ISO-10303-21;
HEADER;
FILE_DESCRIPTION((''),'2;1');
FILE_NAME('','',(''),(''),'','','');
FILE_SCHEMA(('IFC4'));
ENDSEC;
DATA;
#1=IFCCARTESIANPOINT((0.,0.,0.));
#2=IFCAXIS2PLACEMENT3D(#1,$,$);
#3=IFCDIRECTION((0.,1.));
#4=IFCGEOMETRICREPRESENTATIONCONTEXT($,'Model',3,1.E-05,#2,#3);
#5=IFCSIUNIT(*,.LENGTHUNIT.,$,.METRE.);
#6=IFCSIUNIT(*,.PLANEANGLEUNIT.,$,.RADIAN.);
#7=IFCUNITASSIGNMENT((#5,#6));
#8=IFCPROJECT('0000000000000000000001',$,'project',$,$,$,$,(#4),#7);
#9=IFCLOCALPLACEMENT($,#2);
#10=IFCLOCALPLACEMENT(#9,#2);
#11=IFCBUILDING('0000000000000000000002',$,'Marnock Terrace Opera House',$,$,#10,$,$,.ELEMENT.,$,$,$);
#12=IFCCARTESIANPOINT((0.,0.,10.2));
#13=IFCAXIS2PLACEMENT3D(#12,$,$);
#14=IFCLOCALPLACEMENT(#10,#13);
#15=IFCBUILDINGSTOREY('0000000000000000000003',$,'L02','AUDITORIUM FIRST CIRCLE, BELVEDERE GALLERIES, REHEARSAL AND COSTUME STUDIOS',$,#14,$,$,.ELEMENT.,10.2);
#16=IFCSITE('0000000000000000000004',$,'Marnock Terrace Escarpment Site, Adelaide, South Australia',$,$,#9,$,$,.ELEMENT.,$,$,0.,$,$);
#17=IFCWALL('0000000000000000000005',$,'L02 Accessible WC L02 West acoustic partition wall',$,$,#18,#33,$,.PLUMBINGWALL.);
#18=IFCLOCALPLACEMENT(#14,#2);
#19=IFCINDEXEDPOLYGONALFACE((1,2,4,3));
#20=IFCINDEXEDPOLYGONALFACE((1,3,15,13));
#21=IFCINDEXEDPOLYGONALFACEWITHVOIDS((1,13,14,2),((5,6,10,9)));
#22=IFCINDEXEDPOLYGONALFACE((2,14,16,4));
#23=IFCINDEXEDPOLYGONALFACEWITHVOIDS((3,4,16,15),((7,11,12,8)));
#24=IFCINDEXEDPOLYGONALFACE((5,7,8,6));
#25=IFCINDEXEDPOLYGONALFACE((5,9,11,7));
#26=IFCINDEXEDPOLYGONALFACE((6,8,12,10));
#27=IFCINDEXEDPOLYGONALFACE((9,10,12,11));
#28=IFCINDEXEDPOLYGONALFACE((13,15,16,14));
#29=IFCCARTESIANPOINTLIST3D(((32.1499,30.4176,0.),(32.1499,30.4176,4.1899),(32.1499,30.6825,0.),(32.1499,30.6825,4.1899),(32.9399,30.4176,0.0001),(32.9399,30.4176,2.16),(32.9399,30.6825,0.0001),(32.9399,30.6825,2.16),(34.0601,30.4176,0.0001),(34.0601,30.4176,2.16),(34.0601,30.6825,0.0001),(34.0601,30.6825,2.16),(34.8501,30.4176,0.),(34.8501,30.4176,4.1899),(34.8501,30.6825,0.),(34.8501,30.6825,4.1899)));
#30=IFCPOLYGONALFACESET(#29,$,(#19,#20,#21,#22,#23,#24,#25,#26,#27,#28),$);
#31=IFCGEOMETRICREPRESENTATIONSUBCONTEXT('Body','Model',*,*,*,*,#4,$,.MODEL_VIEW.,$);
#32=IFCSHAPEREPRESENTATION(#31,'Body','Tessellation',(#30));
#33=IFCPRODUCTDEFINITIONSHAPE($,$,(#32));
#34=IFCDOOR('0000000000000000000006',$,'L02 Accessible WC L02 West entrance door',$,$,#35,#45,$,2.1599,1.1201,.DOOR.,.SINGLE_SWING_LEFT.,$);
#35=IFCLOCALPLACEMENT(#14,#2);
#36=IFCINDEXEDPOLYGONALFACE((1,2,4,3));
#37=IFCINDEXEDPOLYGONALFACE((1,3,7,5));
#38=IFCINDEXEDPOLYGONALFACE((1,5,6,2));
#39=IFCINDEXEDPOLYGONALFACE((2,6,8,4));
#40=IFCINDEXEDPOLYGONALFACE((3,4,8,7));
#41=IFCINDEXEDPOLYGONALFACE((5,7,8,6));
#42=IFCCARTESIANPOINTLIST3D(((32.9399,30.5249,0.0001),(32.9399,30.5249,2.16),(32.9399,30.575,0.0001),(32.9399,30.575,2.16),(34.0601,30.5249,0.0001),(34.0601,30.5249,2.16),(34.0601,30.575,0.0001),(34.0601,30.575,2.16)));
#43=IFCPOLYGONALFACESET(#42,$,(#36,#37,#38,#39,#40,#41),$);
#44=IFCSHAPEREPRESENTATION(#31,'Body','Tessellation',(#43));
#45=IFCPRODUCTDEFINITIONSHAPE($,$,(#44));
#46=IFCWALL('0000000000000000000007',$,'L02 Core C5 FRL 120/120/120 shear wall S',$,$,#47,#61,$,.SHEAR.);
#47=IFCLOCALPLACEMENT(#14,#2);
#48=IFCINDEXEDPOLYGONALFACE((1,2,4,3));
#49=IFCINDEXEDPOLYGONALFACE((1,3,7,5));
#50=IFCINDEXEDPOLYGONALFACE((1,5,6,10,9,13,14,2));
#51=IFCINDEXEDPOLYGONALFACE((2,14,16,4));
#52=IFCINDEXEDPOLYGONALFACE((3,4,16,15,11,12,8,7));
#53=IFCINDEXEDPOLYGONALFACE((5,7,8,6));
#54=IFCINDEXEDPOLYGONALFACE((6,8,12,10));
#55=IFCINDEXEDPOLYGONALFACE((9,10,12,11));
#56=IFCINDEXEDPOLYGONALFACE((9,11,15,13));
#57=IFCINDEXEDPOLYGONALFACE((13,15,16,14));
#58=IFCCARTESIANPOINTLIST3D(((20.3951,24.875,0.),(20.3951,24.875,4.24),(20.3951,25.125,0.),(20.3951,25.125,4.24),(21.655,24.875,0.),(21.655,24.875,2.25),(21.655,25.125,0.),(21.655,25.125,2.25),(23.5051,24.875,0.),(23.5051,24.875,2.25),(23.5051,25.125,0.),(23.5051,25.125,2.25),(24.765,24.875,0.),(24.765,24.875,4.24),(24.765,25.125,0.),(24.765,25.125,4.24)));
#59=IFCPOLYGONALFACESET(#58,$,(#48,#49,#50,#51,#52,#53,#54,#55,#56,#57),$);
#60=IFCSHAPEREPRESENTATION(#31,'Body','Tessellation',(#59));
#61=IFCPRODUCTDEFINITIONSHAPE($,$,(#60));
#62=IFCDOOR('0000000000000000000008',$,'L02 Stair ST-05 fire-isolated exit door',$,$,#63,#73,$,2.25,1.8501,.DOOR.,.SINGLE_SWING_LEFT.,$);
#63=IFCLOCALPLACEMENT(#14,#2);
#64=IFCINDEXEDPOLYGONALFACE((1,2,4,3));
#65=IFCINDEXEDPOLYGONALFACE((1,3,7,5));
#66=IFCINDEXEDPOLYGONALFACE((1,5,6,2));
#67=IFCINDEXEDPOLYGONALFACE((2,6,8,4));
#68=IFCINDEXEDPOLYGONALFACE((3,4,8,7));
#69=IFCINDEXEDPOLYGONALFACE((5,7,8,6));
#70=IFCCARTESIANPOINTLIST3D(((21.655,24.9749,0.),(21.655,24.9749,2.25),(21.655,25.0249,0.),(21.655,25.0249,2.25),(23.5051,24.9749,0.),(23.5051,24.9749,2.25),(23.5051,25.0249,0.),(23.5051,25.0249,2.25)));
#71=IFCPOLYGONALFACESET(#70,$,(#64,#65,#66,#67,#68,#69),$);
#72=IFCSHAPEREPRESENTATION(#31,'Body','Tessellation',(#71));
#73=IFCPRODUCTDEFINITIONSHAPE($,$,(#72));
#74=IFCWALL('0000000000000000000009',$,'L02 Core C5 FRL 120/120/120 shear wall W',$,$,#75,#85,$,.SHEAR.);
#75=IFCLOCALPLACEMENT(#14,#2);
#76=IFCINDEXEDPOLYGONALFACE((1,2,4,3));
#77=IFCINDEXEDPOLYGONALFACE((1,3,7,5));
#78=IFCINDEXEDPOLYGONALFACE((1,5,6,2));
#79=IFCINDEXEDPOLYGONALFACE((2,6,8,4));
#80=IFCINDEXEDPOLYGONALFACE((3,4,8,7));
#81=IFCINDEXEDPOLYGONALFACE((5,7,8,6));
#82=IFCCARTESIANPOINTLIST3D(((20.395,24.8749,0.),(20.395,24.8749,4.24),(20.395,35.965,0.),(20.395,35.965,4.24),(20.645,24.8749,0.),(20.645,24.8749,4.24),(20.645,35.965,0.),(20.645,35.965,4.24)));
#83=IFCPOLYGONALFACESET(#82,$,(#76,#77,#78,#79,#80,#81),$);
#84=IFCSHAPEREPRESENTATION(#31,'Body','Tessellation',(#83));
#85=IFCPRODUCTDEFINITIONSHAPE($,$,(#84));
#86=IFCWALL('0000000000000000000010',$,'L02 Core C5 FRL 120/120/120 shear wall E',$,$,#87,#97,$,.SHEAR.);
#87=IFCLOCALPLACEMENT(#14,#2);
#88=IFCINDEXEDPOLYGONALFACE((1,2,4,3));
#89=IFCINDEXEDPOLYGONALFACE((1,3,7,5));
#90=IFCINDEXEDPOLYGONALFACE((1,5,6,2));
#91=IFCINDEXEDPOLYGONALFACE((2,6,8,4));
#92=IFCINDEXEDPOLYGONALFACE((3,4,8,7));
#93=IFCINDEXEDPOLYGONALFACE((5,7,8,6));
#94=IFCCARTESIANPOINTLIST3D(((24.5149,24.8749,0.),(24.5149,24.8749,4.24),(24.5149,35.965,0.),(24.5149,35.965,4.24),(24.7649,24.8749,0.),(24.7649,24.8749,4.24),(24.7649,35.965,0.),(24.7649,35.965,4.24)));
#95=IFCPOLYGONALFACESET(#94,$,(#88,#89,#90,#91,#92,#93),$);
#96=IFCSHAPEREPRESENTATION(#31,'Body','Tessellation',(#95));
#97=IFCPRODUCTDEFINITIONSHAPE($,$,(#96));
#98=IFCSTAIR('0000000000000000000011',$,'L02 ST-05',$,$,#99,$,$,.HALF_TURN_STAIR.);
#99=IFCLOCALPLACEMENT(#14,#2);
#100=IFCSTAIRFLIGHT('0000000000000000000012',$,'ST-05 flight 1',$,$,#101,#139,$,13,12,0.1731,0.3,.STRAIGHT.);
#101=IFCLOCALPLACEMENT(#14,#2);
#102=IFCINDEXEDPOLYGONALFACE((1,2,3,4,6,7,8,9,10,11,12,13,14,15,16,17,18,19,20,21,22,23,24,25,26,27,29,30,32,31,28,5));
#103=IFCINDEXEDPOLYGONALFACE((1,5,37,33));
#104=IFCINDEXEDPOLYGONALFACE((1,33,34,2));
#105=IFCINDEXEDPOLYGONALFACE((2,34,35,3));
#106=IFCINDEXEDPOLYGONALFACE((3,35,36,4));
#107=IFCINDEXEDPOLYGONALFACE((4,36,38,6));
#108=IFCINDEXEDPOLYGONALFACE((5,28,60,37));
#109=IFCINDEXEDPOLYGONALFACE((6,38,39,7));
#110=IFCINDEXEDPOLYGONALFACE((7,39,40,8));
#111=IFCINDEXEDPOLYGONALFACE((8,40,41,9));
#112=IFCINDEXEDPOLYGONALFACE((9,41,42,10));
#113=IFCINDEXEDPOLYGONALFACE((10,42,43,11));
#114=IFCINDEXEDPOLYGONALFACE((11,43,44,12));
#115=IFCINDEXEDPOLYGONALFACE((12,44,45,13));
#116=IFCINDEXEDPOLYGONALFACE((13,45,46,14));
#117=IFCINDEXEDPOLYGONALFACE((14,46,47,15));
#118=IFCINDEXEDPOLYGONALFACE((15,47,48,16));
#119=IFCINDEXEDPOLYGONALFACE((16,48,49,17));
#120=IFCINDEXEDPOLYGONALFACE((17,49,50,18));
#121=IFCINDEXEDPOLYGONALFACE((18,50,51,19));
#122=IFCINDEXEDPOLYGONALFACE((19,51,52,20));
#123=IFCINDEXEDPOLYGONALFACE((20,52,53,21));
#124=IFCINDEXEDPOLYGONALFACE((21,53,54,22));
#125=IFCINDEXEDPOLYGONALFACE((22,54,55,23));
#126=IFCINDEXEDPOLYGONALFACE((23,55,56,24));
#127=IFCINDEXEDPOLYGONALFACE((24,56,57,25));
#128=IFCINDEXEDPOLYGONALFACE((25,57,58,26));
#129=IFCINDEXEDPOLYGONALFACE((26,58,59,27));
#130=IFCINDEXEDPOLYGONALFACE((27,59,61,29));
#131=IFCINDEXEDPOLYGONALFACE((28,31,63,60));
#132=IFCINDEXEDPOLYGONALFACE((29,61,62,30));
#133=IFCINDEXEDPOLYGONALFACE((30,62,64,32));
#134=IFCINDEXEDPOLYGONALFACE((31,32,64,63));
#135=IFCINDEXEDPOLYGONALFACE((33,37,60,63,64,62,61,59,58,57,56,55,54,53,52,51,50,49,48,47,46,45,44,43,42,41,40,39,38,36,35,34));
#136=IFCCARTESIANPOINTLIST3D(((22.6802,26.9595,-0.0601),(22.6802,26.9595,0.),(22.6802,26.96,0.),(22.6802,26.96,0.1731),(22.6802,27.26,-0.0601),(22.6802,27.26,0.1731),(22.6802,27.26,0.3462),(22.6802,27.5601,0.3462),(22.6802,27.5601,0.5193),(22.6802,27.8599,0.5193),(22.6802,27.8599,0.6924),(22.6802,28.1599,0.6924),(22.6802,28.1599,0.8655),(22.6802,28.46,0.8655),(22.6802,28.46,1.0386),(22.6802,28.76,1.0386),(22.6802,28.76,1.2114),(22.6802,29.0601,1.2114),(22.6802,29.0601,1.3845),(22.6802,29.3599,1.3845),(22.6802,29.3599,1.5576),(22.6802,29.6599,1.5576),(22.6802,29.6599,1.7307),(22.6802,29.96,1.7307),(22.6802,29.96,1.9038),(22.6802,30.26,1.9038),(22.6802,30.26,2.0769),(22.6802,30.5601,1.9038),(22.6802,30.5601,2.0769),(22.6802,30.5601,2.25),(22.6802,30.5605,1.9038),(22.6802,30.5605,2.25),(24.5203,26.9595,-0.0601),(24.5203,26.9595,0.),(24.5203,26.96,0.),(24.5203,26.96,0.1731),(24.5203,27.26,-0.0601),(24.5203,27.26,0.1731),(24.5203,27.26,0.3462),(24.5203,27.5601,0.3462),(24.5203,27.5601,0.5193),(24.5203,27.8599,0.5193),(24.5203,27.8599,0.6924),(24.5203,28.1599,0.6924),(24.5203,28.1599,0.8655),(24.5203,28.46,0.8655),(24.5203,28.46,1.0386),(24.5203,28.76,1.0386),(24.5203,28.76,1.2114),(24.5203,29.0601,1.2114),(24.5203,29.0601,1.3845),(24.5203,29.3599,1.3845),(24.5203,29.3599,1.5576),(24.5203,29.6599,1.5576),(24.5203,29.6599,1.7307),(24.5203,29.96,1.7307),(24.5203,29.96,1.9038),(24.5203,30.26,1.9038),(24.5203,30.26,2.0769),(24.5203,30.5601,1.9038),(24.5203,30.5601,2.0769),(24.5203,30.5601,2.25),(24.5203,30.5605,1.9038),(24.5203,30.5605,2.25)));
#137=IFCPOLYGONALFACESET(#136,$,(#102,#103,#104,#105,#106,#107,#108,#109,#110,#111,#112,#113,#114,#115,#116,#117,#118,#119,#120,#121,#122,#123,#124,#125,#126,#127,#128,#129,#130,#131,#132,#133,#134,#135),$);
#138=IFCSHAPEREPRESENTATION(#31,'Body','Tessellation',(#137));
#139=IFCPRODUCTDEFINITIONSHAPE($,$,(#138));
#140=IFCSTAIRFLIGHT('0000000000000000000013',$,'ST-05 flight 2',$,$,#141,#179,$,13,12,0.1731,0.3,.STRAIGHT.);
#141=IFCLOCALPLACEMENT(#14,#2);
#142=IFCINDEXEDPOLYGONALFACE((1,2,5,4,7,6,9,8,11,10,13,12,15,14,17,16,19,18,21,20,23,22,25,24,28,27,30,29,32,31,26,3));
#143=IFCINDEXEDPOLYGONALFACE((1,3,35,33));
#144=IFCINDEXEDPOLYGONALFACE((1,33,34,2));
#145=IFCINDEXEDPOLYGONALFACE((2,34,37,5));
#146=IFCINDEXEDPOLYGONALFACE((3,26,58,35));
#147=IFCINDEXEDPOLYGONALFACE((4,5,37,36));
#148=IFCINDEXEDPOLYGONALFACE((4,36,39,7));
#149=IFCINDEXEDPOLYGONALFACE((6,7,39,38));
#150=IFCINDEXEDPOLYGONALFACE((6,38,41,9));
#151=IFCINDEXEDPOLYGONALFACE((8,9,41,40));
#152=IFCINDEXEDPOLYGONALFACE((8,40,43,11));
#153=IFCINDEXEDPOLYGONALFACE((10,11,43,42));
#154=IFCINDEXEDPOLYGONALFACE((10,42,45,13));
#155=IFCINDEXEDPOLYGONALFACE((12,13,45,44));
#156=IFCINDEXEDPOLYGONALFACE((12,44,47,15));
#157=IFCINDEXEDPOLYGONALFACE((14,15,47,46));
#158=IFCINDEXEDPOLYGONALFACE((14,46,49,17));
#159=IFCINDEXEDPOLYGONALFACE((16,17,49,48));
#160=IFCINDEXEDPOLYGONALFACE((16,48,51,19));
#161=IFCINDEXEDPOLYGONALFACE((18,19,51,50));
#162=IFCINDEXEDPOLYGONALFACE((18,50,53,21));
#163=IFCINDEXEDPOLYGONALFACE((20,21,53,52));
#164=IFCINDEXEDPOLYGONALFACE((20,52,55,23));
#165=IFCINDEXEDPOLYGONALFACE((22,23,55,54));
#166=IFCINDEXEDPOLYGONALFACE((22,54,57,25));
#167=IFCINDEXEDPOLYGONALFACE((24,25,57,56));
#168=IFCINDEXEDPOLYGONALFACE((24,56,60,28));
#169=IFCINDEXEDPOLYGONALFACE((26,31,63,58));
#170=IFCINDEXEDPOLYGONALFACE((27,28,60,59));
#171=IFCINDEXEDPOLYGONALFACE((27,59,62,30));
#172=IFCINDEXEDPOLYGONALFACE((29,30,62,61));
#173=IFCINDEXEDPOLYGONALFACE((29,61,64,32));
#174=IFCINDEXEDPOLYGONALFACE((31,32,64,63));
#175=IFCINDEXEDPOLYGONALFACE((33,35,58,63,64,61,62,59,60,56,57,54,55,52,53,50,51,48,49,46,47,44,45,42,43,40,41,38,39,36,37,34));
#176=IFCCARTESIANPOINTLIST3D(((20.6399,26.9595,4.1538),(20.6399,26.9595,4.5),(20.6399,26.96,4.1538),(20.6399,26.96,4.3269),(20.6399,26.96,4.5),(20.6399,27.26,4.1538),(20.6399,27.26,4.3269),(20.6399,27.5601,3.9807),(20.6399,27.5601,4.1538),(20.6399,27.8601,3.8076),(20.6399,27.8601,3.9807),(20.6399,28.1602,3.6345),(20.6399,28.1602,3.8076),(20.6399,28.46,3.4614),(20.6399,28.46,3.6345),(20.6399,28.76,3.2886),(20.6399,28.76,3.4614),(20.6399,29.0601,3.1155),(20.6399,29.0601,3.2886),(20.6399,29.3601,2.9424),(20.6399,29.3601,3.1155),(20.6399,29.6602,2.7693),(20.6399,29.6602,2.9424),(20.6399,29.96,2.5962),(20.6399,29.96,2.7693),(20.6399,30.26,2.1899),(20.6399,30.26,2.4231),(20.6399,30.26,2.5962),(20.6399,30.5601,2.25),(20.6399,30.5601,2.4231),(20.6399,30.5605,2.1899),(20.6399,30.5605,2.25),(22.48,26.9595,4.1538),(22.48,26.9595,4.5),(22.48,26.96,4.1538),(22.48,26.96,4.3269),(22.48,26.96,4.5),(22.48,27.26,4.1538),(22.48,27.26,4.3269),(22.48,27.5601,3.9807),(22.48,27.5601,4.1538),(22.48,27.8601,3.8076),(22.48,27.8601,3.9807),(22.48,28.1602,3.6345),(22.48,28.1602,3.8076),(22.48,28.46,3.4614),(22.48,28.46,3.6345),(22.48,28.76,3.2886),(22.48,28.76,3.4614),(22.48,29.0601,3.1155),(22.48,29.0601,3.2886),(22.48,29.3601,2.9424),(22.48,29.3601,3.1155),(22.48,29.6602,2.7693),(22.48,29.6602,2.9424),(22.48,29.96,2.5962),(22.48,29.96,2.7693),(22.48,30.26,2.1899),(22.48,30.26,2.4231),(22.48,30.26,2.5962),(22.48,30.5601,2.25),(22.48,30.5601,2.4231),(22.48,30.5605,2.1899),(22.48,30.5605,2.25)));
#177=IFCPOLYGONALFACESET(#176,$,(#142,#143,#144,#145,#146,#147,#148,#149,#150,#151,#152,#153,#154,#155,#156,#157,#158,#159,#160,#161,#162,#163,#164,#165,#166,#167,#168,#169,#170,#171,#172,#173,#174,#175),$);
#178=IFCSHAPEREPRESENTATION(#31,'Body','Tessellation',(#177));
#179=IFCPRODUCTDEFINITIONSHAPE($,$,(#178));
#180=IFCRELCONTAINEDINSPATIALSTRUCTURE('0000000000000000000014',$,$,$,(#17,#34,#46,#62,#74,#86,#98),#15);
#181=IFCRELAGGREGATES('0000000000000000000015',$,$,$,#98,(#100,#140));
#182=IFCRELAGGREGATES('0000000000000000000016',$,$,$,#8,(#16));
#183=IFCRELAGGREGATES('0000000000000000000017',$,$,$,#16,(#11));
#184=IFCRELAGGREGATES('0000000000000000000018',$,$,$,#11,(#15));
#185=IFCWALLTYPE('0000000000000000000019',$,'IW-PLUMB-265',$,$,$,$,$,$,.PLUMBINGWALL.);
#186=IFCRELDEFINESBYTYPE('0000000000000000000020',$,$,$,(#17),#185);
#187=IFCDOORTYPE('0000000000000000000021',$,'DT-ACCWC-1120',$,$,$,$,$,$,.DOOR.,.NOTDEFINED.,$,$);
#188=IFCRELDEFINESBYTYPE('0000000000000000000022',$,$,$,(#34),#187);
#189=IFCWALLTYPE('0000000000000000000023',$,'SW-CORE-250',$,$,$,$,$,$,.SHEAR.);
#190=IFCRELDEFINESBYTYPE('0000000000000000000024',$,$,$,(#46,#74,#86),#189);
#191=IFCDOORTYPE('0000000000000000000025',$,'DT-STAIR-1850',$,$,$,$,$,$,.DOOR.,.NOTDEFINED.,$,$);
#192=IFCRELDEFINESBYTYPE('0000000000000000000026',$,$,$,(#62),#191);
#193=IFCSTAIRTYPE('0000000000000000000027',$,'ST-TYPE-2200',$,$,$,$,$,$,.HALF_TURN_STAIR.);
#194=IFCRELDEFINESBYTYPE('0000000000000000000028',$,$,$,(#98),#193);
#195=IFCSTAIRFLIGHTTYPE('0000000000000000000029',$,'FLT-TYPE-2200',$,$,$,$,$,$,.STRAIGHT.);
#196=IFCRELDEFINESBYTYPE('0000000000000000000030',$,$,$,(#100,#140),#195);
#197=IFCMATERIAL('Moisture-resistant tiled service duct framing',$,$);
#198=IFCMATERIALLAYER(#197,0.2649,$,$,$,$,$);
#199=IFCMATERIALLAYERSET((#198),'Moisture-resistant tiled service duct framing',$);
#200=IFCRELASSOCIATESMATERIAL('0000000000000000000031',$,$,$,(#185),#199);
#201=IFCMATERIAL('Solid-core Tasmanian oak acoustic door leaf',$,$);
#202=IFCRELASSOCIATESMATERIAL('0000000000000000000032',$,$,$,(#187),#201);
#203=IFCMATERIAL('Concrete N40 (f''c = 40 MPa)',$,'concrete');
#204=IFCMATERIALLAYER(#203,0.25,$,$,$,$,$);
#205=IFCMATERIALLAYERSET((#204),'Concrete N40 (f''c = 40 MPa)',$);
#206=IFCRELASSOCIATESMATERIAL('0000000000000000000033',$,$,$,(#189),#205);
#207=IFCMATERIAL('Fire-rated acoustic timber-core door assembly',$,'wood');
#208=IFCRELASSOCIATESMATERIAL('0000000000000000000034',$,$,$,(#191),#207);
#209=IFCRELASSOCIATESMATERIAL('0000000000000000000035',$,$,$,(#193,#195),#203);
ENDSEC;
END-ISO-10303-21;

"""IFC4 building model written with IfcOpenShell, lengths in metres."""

from ifc_helpers import new_model, si_unit, direction, frame, frame_2d, origin, place, context, subcontext, project, spatial, polyline, rectangle, outline, extrude, material, layer, layer_set, type_object, element, fill, aggregate, save


model = new_model("IFC4")

# Units and contexts
model_context = context("Model", 3, precision=1e-05, world=origin(), true_north=direction((0.0, 1.0)))
body_context = subcontext(model_context, "Body", "Model", "MODEL_VIEW")
ifc_project = project(units=[si_unit("LENGTHUNIT", "METRE"), si_unit("PLANEANGLEUNIT", "RADIAN")], contexts=[model_context])

# Site, building, storey
site_placement = place(None, origin())
site = spatial("IfcSite", under=ifc_project, at=site_placement, Name="Marnock Terrace Escarpment Site, Adelaide, South Australia", CompositionType="ELEMENT", RefElevation=0.0)
building_placement = place(site_placement, origin())
building = spatial("IfcBuilding", under=site, at=building_placement, Name="Marnock Terrace Opera House", CompositionType="ELEMENT")
storey_placement = place(building_placement, frame((0.0, 0.0, 10.2)))
storey = spatial("IfcBuildingStorey", under=building, at=storey_placement, Name="L02", Description="AUDITORIUM FIRST CIRCLE, BELVEDERE GALLERIES, REHEARSAL AND COSTUME STUDIOS", CompositionType="ELEMENT", Elevation=10.2)

# Shared definitions
ifc_material_1 = material(Name="Concrete N40 (f'c = 40 MPa)", Category="concrete")

# Walls, openings, doors
ifc_material_2 = material(Name="Moisture-resistant tiled service duct framing")
ifc_material_3 = material(Name="Solid-core Tasmanian oak acoustic door leaf")
ifc_layer_1 = layer(ifc_material_2, 0.2649)
ifc_layer_set_1 = layer_set([ifc_layer_1], Name="Moisture-resistant tiled service duct framing")
wall_type_1 = type_object("IfcWallType", Name="IW-PLUMB-265", PredefinedType="PLUMBINGWALL", material=ifc_layer_set_1)
wall_1_placement = place(storey_placement, frame((32.1499, 30.55, 0.0), z_axis=(0.0, 0.0, 1.0), x_axis=(1.0, 0.0, 0.0)))
wall_1 = element("IfcWall", 1, at=wall_1_placement, inside=storey, type_object=wall_type_1, Name="L02 Accessible WC L02 West acoustic partition wall", PredefinedType="PLUMBINGWALL", context=body_context, shape_type="SweptSolid", body=[
    extrude(rectangle(XDim=2.7002, YDim=0.2649, at=frame_2d((1.3501, 0.0))), origin(), (0.0, 0.0, 1.0), 4.1899),
])
opening_1_placement = place(wall_1_placement, frame((0.79, 0.0, 0.0)))
opening_1 = element("IfcOpeningElement", 2, at=opening_1_placement, cuts=wall_1, PredefinedType="OPENING", context=body_context, shape_type="SweptSolid", body=[
    extrude(rectangle(XDim=1.1201, YDim=2.1599, at=frame_2d((0.5601, 1.0801))), frame((0.0, 0.1423, 0.0), z_axis=(0.0, -1.0, 0.0), x_axis=(1.0, 0.0, 0.0)), (0.0, 0.0, 1.0), 0.2849),
])
door_type_1 = type_object("IfcDoorType", Name="DT-ACCWC-1120", OperationType="NOTDEFINED", PredefinedType="DOOR", material=ifc_material_3)
door_1_placement = place(opening_1_placement, origin())
door_1 = element("IfcDoor", 3, at=door_1_placement, inside=storey, type_object=door_type_1, Name="L02 Accessible WC L02 West entrance door", OperationType="SINGLE_SWING_LEFT", OverallHeight=2.1599, OverallWidth=1.1201, PredefinedType="DOOR", context=body_context, shape_type="SweptSolid", body=[
    extrude(rectangle(XDim=1.1201, YDim=2.1599, at=frame_2d((0.5601, 1.0801))), frame((0.0, 0.0249, 0.0), z_axis=(0.0, -1.0, 0.0), x_axis=(1.0, 0.0, 0.0)), (0.0, 0.0, 1.0), 0.05),
])
fill(opening_1, door_1)
ifc_layer_2 = layer(ifc_material_1, 0.25)
ifc_layer_set_2 = layer_set([ifc_layer_2], Name="Concrete N40 (f'c = 40 MPa)")
wall_type_2 = type_object("IfcWallType", Name="SW-CORE-250", PredefinedType="SHEAR", material=ifc_layer_set_2)
wall_2_placement = place(storey_placement, frame((20.395, 25.0, 0.0), z_axis=(0.0, 0.0, 1.0), x_axis=(1.0, 0.0, 0.0)))
wall_2 = element("IfcWall", 4, at=wall_2_placement, inside=storey, type_object=wall_type_2, Name="L02 Core C5 FRL 120/120/120 shear wall S", PredefinedType="SHEAR", context=body_context, shape_type="SweptSolid", body=[
    extrude(rectangle(XDim=4.3699, YDim=0.25, at=frame_2d((2.1851, 0.0))), origin(), (0.0, 0.0, 1.0), 4.24),
])
opening_2_placement = place(wall_2_placement, frame((1.26, 0.0, 0.0)))
opening_2 = element("IfcOpeningElement", 5, at=opening_2_placement, cuts=wall_2, PredefinedType="OPENING", context=body_context, shape_type="SweptSolid", body=[
    extrude(rectangle(XDim=1.8501, YDim=2.25, at=frame_2d((0.925, 1.125))), frame((0.0, 0.135, 0.0), z_axis=(0.0, -1.0, 0.0), x_axis=(1.0, 0.0, 0.0)), (0.0, 0.0, 1.0), 0.27),
])
ifc_material_4 = material(Name="Fire-rated acoustic timber-core door assembly", Category="wood")
door_type_2 = type_object("IfcDoorType", Name="DT-STAIR-1850", OperationType="NOTDEFINED", PredefinedType="DOOR", material=ifc_material_4)
door_2_placement = place(opening_2_placement, origin())
door_2 = element("IfcDoor", 6, at=door_2_placement, inside=storey, type_object=door_type_2, Name="L02 Stair ST-05 fire-isolated exit door", OperationType="SINGLE_SWING_LEFT", OverallHeight=2.25, OverallWidth=1.8501, PredefinedType="DOOR", context=body_context, shape_type="SweptSolid", body=[
    extrude(rectangle(XDim=1.8501, YDim=2.25, at=frame_2d((0.925, 1.125))), frame((0.0, 0.0249, 0.0), z_axis=(0.0, -1.0, 0.0), x_axis=(1.0, 0.0, 0.0)), (0.0, 0.0, 1.0), 0.05),
])
fill(opening_2, door_2)

# Walls
for number, where, z_axis, x_axis, name in (
    (7, (20.52, 24.875, 0.0), (0.0, 0.0, 1.0), (0.0, 1.0, 0.0), "L02 Core C5 FRL 120/120/120 shear wall W"),
    (8, (24.6399, 24.875, 0.0), (0.0, 0.0, 1.0), (0.0, 1.0, 0.0), "L02 Core C5 FRL 120/120/120 shear wall E"),
):
    element("IfcWall", number, at=place(storey_placement, frame(where, z_axis=z_axis, x_axis=x_axis)), inside=storey, type_object=wall_type_2, Name=name, PredefinedType="SHEAR", context=body_context, shape_type="SweptSolid", body=[
        extrude(rectangle(XDim=11.0901, YDim=0.25, at=frame_2d((5.5449, 0.0))), origin(), (0.0, 0.0, 1.0), 4.24),
    ])

# Stair, stair flights
stair_type = type_object("IfcStairType", Name="ST-TYPE-2200", PredefinedType="HALF_TURN_STAIR", material=ifc_material_1)
stair_placement = place(storey_placement, origin())
stair = element("IfcStair", 9, at=stair_placement, inside=storey, type_object=stair_type, Name="L02 ST-05", PredefinedType="HALF_TURN_STAIR")
stair_flight_type = type_object("IfcStairFlightType", Name="FLT-TYPE-2200", PredefinedType="STRAIGHT", material=ifc_material_1)
stair_flight_1_placement = place(storey_placement, frame((23.6001, 26.96, 0.0), z_axis=(0.0, 0.0, 1.0), x_axis=(0.0, 1.0, 0.0)))
stair_flight_1 = element("IfcStairFlight", 10, at=stair_flight_1_placement, type_object=stair_flight_type, Name="ST-05 flight 1", NumberOfRisers=13, NumberOfTreads=12, PredefinedType="STRAIGHT", RiserHeight=0.1731, TreadLength=0.3, context=body_context, shape_type="SweptSolid", body=[
    extrude(outline(polyline([(-0.0005, -0.0601), (-0.0005, 0.0), (0.0, 0.0), (0.0, 0.1731), (0.3, 0.1731), (0.3, 0.3462), (0.6001, 0.3462), (0.6001, 0.5193), (0.8999, 0.5193), (0.8999, 0.6924), (1.2, 0.6924), (1.2, 0.8655), (1.5, 0.8655), (1.5, 1.0386), (1.8, 1.0386), (1.8, 1.2114), (2.1001, 1.2114), (2.1001, 1.3845), (2.3999, 1.3845), (2.3999, 1.5576), (2.7, 1.5576), (2.7, 1.7307), (3.0, 1.7307), (3.0, 1.9038), (3.3, 1.9038), (3.3, 2.0769), (3.6001, 2.0769), (3.6001, 2.25), (3.6006, 2.25), (3.6006, 1.9038), (3.6001, 1.9038), (0.3, -0.0601), (-0.0005, -0.0601)])), frame((0.0, 0.9199, 0.0), z_axis=(0.0, -1.0, 0.0), x_axis=(1.0, 0.0, 0.0)), (0.0, 0.0, 1.0), 1.8401),
])
stair_flight_2_placement = place(storey_placement, frame((21.5601, 30.5601, 2.25), z_axis=(0.0, 0.0, 1.0), x_axis=(0.0, -1.0, 0.0)))
stair_flight_2 = element("IfcStairFlight", 11, at=stair_flight_2_placement, type_object=stair_flight_type, Name="ST-05 flight 2", NumberOfRisers=13, NumberOfTreads=12, PredefinedType="STRAIGHT", RiserHeight=0.1731, TreadLength=0.3, context=body_context, shape_type="SweptSolid", body=[
    extrude(outline(polyline([(-0.0005, -0.0601), (-0.0005, 0.0), (0.0, 0.0), (0.0, 0.1731), (0.3, 0.1731), (0.3, 0.3462), (0.6001, 0.3462), (0.6001, 0.5193), (0.8999, 0.5193), (0.8999, 0.6924), (1.2, 0.6924), (1.2, 0.8655), (1.5, 0.8655), (1.5, 1.0386), (1.8, 1.0386), (1.8, 1.2114), (2.1001, 1.2114), (2.1001, 1.3845), (2.3999, 1.3845), (2.3999, 1.5576), (2.7, 1.5576), (2.7, 1.7307), (3.0, 1.7307), (3.0, 1.9038), (3.3, 1.9038), (3.3, 2.0769), (3.6001, 2.0769), (3.6001, 2.25), (3.6006, 2.25), (3.6006, 1.9038), (3.6001, 1.9038), (0.3, -0.0601), (-0.0005, -0.0601)])), frame((0.0, 0.9199, 0.0), z_axis=(0.0, -1.0, 0.0), x_axis=(1.0, 0.0, 0.0)), (0.0, 0.0, 1.0), 1.8401),
])
aggregate(stair, [stair_flight_1, stair_flight_2])

save(model, "model.ifc")
